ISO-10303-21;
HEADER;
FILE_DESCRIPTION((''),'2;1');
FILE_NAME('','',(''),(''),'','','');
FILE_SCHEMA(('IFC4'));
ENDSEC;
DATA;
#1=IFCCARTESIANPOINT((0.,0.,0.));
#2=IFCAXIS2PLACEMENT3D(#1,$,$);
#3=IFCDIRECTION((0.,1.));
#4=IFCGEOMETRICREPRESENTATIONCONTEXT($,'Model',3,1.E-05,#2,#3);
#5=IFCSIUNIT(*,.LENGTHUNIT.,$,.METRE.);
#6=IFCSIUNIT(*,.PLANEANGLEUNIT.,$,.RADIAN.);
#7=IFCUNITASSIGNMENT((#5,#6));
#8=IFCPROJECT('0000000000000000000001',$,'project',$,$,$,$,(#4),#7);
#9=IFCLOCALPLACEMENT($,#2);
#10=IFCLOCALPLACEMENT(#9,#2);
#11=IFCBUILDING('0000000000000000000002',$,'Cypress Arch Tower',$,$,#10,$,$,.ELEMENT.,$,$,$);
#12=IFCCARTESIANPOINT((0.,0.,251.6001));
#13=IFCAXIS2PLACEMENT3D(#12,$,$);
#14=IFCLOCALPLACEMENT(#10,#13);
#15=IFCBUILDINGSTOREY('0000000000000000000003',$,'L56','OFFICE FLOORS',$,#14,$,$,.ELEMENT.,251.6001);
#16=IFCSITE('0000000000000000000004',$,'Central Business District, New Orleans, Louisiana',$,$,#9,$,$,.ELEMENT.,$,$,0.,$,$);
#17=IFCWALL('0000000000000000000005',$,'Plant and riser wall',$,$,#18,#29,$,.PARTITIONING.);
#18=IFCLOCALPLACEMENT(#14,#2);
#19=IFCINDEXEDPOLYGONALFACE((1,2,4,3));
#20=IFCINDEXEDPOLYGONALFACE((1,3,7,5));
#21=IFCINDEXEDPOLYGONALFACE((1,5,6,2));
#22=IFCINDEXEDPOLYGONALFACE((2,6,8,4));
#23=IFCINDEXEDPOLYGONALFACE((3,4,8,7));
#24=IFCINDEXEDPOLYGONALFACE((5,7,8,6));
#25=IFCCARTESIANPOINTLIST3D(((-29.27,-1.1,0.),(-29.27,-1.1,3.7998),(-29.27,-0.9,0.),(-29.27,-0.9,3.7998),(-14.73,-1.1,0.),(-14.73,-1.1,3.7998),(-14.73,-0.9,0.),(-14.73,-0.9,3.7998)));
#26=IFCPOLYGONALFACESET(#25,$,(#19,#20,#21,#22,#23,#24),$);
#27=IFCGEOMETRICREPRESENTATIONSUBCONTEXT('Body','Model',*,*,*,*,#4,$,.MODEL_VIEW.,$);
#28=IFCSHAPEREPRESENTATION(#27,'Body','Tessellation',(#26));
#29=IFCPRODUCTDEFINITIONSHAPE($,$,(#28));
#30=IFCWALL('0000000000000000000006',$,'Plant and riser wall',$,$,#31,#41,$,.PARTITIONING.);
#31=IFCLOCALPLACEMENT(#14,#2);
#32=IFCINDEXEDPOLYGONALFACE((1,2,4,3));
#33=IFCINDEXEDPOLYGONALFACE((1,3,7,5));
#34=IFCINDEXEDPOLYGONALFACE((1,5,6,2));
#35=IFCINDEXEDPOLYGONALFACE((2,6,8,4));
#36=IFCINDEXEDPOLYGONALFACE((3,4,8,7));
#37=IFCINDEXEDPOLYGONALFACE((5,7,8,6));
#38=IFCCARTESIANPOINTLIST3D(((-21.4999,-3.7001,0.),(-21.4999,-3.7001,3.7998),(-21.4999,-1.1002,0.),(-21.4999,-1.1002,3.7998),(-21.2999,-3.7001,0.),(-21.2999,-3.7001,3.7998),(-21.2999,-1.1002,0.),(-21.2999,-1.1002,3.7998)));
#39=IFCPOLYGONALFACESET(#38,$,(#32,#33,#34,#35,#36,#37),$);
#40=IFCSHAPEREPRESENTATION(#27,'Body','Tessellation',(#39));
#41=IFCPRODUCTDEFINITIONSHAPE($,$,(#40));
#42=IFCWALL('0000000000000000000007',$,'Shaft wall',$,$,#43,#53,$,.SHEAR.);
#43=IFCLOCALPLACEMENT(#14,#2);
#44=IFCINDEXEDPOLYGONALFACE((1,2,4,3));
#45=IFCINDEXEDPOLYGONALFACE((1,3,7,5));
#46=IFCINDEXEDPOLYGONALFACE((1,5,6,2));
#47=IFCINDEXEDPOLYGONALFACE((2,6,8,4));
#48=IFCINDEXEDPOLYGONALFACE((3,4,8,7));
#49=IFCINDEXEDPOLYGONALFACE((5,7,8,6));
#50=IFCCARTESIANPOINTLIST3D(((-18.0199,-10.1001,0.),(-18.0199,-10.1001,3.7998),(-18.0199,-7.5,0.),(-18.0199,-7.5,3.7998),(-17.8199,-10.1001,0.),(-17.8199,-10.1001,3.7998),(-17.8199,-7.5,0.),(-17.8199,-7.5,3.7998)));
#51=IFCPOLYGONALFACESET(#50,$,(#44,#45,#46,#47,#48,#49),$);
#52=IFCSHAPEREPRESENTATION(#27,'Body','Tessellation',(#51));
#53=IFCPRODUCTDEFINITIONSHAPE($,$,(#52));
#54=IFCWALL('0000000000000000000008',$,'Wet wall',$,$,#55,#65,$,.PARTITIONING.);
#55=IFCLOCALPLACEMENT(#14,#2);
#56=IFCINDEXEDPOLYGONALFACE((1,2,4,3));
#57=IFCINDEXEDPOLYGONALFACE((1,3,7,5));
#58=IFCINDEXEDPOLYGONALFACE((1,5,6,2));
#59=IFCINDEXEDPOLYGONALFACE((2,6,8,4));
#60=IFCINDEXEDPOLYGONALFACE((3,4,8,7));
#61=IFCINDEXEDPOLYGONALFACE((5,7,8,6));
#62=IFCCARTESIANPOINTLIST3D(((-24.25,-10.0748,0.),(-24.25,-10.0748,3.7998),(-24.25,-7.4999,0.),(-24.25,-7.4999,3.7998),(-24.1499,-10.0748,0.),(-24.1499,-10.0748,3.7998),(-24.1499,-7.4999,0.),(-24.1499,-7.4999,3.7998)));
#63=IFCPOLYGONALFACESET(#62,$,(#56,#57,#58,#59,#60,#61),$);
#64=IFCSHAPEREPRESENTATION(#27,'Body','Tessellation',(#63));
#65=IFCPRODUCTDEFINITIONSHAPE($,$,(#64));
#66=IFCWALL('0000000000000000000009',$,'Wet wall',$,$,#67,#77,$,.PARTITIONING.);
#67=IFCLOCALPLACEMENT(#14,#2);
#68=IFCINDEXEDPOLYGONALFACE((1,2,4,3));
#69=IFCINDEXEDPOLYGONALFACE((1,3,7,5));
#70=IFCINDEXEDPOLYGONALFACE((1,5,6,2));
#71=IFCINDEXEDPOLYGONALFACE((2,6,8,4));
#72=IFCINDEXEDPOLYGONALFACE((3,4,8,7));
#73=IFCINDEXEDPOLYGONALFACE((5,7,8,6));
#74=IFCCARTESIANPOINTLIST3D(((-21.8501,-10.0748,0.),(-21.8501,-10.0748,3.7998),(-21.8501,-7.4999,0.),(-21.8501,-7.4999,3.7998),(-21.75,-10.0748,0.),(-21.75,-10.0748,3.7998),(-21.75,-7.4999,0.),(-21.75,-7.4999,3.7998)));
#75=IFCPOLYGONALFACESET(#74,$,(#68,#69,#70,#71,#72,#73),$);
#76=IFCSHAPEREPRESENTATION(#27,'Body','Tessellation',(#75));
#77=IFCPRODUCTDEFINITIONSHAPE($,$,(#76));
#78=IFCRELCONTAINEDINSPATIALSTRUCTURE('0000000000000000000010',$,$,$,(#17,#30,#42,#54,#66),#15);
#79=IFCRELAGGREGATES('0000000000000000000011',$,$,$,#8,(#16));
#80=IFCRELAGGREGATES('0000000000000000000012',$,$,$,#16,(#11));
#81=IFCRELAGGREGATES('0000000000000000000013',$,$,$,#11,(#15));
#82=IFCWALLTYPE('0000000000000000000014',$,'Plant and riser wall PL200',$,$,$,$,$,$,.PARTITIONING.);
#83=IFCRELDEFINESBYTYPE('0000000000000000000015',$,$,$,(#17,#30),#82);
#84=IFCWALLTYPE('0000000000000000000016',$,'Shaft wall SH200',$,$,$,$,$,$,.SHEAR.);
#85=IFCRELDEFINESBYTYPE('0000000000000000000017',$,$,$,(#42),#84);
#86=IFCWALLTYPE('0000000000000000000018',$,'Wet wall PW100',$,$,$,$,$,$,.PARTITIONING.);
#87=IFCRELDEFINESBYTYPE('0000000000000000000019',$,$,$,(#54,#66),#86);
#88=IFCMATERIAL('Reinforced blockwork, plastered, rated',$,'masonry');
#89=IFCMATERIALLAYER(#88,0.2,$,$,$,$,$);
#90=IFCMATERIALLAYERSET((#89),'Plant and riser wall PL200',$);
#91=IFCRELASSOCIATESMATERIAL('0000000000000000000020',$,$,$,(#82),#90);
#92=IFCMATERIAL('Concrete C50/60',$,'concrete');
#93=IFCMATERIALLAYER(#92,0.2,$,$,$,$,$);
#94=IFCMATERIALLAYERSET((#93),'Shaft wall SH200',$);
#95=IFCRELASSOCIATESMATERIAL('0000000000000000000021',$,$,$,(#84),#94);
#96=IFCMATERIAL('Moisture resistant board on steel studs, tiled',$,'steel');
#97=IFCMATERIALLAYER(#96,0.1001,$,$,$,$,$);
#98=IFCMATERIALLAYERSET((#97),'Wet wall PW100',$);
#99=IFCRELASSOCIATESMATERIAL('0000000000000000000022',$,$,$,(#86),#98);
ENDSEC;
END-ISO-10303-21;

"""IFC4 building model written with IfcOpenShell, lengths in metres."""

from ifc_helpers import new_model, si_unit, direction, frame, frame_2d, origin, place, context, subcontext, project, spatial, rectangle, extrude, material, layer, layer_set, type_object, element, save


model = new_model("IFC4")

# Units and contexts
model_context = context("Model", 3, precision=1e-05, world=origin(), true_north=direction((0.0, 1.0)))
body_context = subcontext(model_context, "Body", "Model", "MODEL_VIEW")
ifc_project = project(units=[si_unit("LENGTHUNIT", "METRE"), si_unit("PLANEANGLEUNIT", "RADIAN")], contexts=[model_context])

# Site, building, storey
site_placement = place(None, origin())
site = spatial("IfcSite", under=ifc_project, at=site_placement, Name="Central Business District, New Orleans, Louisiana", CompositionType="ELEMENT", RefElevation=0.0)
building_placement = place(site_placement, origin())
building = spatial("IfcBuilding", under=site, at=building_placement, Name="Cypress Arch Tower", CompositionType="ELEMENT")
storey_placement = place(building_placement, frame((0.0, 0.0, 251.6001)))
storey = spatial("IfcBuildingStorey", under=building, at=storey_placement, Name="L56", Description="OFFICE FLOORS", CompositionType="ELEMENT", Elevation=251.6001)

# Shared definitions
ifc_material_1 = material(Name="Reinforced blockwork, plastered, rated", Category="masonry")
ifc_layer_1 = layer(ifc_material_1, 0.2)
ifc_layer_set_1 = layer_set([ifc_layer_1], Name="Plant and riser wall PL200")
wall_type_1 = type_object("IfcWallType", Name="Plant and riser wall PL200", PredefinedType="PARTITIONING", material=ifc_layer_set_1)

# Walls
wall_1_placement = place(storey_placement, frame((-29.27, -1.0, 0.0), z_axis=(0.0, 0.0, 1.0), x_axis=(1.0, 0.0, 0.0)))
element("IfcWall", 1, at=wall_1_placement, inside=storey, type_object=wall_type_1, Name="Plant and riser wall", PredefinedType="PARTITIONING", context=body_context, shape_type="SweptSolid", body=[
    extrude(rectangle(XDim=14.54, YDim=0.2, at=frame_2d((7.27, 0.0))), origin(), (0.0, 0.0, 1.0), 3.7998),
])
wall_2_placement = place(storey_placement, frame((-21.3999, -3.7, 0.0), z_axis=(0.0, 0.0, 1.0), x_axis=(0.0, 1.0, 0.0)))
element("IfcWall", 2, at=wall_2_placement, inside=storey, type_object=wall_type_1, Name="Plant and riser wall", PredefinedType="PARTITIONING", context=body_context, shape_type="SweptSolid", body=[
    extrude(rectangle(XDim=2.5999, YDim=0.2, at=frame_2d((1.2998, 0.0))), origin(), (0.0, 0.0, 1.0), 3.7998),
])
ifc_material_2 = material(Name="Concrete C50/60", Category="concrete")
ifc_layer_2 = layer(ifc_material_2, 0.2)
ifc_layer_set_2 = layer_set([ifc_layer_2], Name="Shaft wall SH200")
wall_type_2 = type_object("IfcWallType", Name="Shaft wall SH200", PredefinedType="SHEAR", material=ifc_layer_set_2)
wall_3_placement = place(storey_placement, frame((-17.9199, -10.1001, 0.0), z_axis=(0.0, 0.0, 1.0), x_axis=(0.0, 1.0, 0.0)))
element("IfcWall", 3, at=wall_3_placement, inside=storey, type_object=wall_type_2, Name="Shaft wall", PredefinedType="SHEAR", context=body_context, shape_type="SweptSolid", body=[
    extrude(rectangle(XDim=2.6001, YDim=0.2, at=frame_2d((1.3, 0.0))), origin(), (0.0, 0.0, 1.0), 3.7998),
])
ifc_material_3 = material(Name="Moisture resistant board on steel studs, tiled", Category="steel")
ifc_layer_3 = layer(ifc_material_3, 0.1001)
ifc_layer_set_3 = layer_set([ifc_layer_3], Name="Wet wall PW100")
wall_type_3 = type_object("IfcWallType", Name="Wet wall PW100", PredefinedType="PARTITIONING", material=ifc_layer_set_3)
for number, where, z_axis, x_axis, name in (
    (4, (-24.2, -10.075, 0.0), (0.0, 0.0, 1.0), (0.0, 1.0, 0.0), "Wet wall"),
    (5, (-21.8, -10.075, 0.0), (0.0, 0.0, 1.0), (0.0, 1.0, 0.0), "Wet wall"),
):
    element("IfcWall", number, at=place(storey_placement, frame(where, z_axis=z_axis, x_axis=x_axis)), inside=storey, type_object=wall_type_3, Name=name, PredefinedType="PARTITIONING", context=body_context, shape_type="SweptSolid", body=[
        extrude(rectangle(XDim=2.575, YDim=0.1001, at=frame_2d((1.2876, 0.0))), origin(), (0.0, 0.0, 1.0), 3.7998),
    ])

save(model, "model.ifc")
